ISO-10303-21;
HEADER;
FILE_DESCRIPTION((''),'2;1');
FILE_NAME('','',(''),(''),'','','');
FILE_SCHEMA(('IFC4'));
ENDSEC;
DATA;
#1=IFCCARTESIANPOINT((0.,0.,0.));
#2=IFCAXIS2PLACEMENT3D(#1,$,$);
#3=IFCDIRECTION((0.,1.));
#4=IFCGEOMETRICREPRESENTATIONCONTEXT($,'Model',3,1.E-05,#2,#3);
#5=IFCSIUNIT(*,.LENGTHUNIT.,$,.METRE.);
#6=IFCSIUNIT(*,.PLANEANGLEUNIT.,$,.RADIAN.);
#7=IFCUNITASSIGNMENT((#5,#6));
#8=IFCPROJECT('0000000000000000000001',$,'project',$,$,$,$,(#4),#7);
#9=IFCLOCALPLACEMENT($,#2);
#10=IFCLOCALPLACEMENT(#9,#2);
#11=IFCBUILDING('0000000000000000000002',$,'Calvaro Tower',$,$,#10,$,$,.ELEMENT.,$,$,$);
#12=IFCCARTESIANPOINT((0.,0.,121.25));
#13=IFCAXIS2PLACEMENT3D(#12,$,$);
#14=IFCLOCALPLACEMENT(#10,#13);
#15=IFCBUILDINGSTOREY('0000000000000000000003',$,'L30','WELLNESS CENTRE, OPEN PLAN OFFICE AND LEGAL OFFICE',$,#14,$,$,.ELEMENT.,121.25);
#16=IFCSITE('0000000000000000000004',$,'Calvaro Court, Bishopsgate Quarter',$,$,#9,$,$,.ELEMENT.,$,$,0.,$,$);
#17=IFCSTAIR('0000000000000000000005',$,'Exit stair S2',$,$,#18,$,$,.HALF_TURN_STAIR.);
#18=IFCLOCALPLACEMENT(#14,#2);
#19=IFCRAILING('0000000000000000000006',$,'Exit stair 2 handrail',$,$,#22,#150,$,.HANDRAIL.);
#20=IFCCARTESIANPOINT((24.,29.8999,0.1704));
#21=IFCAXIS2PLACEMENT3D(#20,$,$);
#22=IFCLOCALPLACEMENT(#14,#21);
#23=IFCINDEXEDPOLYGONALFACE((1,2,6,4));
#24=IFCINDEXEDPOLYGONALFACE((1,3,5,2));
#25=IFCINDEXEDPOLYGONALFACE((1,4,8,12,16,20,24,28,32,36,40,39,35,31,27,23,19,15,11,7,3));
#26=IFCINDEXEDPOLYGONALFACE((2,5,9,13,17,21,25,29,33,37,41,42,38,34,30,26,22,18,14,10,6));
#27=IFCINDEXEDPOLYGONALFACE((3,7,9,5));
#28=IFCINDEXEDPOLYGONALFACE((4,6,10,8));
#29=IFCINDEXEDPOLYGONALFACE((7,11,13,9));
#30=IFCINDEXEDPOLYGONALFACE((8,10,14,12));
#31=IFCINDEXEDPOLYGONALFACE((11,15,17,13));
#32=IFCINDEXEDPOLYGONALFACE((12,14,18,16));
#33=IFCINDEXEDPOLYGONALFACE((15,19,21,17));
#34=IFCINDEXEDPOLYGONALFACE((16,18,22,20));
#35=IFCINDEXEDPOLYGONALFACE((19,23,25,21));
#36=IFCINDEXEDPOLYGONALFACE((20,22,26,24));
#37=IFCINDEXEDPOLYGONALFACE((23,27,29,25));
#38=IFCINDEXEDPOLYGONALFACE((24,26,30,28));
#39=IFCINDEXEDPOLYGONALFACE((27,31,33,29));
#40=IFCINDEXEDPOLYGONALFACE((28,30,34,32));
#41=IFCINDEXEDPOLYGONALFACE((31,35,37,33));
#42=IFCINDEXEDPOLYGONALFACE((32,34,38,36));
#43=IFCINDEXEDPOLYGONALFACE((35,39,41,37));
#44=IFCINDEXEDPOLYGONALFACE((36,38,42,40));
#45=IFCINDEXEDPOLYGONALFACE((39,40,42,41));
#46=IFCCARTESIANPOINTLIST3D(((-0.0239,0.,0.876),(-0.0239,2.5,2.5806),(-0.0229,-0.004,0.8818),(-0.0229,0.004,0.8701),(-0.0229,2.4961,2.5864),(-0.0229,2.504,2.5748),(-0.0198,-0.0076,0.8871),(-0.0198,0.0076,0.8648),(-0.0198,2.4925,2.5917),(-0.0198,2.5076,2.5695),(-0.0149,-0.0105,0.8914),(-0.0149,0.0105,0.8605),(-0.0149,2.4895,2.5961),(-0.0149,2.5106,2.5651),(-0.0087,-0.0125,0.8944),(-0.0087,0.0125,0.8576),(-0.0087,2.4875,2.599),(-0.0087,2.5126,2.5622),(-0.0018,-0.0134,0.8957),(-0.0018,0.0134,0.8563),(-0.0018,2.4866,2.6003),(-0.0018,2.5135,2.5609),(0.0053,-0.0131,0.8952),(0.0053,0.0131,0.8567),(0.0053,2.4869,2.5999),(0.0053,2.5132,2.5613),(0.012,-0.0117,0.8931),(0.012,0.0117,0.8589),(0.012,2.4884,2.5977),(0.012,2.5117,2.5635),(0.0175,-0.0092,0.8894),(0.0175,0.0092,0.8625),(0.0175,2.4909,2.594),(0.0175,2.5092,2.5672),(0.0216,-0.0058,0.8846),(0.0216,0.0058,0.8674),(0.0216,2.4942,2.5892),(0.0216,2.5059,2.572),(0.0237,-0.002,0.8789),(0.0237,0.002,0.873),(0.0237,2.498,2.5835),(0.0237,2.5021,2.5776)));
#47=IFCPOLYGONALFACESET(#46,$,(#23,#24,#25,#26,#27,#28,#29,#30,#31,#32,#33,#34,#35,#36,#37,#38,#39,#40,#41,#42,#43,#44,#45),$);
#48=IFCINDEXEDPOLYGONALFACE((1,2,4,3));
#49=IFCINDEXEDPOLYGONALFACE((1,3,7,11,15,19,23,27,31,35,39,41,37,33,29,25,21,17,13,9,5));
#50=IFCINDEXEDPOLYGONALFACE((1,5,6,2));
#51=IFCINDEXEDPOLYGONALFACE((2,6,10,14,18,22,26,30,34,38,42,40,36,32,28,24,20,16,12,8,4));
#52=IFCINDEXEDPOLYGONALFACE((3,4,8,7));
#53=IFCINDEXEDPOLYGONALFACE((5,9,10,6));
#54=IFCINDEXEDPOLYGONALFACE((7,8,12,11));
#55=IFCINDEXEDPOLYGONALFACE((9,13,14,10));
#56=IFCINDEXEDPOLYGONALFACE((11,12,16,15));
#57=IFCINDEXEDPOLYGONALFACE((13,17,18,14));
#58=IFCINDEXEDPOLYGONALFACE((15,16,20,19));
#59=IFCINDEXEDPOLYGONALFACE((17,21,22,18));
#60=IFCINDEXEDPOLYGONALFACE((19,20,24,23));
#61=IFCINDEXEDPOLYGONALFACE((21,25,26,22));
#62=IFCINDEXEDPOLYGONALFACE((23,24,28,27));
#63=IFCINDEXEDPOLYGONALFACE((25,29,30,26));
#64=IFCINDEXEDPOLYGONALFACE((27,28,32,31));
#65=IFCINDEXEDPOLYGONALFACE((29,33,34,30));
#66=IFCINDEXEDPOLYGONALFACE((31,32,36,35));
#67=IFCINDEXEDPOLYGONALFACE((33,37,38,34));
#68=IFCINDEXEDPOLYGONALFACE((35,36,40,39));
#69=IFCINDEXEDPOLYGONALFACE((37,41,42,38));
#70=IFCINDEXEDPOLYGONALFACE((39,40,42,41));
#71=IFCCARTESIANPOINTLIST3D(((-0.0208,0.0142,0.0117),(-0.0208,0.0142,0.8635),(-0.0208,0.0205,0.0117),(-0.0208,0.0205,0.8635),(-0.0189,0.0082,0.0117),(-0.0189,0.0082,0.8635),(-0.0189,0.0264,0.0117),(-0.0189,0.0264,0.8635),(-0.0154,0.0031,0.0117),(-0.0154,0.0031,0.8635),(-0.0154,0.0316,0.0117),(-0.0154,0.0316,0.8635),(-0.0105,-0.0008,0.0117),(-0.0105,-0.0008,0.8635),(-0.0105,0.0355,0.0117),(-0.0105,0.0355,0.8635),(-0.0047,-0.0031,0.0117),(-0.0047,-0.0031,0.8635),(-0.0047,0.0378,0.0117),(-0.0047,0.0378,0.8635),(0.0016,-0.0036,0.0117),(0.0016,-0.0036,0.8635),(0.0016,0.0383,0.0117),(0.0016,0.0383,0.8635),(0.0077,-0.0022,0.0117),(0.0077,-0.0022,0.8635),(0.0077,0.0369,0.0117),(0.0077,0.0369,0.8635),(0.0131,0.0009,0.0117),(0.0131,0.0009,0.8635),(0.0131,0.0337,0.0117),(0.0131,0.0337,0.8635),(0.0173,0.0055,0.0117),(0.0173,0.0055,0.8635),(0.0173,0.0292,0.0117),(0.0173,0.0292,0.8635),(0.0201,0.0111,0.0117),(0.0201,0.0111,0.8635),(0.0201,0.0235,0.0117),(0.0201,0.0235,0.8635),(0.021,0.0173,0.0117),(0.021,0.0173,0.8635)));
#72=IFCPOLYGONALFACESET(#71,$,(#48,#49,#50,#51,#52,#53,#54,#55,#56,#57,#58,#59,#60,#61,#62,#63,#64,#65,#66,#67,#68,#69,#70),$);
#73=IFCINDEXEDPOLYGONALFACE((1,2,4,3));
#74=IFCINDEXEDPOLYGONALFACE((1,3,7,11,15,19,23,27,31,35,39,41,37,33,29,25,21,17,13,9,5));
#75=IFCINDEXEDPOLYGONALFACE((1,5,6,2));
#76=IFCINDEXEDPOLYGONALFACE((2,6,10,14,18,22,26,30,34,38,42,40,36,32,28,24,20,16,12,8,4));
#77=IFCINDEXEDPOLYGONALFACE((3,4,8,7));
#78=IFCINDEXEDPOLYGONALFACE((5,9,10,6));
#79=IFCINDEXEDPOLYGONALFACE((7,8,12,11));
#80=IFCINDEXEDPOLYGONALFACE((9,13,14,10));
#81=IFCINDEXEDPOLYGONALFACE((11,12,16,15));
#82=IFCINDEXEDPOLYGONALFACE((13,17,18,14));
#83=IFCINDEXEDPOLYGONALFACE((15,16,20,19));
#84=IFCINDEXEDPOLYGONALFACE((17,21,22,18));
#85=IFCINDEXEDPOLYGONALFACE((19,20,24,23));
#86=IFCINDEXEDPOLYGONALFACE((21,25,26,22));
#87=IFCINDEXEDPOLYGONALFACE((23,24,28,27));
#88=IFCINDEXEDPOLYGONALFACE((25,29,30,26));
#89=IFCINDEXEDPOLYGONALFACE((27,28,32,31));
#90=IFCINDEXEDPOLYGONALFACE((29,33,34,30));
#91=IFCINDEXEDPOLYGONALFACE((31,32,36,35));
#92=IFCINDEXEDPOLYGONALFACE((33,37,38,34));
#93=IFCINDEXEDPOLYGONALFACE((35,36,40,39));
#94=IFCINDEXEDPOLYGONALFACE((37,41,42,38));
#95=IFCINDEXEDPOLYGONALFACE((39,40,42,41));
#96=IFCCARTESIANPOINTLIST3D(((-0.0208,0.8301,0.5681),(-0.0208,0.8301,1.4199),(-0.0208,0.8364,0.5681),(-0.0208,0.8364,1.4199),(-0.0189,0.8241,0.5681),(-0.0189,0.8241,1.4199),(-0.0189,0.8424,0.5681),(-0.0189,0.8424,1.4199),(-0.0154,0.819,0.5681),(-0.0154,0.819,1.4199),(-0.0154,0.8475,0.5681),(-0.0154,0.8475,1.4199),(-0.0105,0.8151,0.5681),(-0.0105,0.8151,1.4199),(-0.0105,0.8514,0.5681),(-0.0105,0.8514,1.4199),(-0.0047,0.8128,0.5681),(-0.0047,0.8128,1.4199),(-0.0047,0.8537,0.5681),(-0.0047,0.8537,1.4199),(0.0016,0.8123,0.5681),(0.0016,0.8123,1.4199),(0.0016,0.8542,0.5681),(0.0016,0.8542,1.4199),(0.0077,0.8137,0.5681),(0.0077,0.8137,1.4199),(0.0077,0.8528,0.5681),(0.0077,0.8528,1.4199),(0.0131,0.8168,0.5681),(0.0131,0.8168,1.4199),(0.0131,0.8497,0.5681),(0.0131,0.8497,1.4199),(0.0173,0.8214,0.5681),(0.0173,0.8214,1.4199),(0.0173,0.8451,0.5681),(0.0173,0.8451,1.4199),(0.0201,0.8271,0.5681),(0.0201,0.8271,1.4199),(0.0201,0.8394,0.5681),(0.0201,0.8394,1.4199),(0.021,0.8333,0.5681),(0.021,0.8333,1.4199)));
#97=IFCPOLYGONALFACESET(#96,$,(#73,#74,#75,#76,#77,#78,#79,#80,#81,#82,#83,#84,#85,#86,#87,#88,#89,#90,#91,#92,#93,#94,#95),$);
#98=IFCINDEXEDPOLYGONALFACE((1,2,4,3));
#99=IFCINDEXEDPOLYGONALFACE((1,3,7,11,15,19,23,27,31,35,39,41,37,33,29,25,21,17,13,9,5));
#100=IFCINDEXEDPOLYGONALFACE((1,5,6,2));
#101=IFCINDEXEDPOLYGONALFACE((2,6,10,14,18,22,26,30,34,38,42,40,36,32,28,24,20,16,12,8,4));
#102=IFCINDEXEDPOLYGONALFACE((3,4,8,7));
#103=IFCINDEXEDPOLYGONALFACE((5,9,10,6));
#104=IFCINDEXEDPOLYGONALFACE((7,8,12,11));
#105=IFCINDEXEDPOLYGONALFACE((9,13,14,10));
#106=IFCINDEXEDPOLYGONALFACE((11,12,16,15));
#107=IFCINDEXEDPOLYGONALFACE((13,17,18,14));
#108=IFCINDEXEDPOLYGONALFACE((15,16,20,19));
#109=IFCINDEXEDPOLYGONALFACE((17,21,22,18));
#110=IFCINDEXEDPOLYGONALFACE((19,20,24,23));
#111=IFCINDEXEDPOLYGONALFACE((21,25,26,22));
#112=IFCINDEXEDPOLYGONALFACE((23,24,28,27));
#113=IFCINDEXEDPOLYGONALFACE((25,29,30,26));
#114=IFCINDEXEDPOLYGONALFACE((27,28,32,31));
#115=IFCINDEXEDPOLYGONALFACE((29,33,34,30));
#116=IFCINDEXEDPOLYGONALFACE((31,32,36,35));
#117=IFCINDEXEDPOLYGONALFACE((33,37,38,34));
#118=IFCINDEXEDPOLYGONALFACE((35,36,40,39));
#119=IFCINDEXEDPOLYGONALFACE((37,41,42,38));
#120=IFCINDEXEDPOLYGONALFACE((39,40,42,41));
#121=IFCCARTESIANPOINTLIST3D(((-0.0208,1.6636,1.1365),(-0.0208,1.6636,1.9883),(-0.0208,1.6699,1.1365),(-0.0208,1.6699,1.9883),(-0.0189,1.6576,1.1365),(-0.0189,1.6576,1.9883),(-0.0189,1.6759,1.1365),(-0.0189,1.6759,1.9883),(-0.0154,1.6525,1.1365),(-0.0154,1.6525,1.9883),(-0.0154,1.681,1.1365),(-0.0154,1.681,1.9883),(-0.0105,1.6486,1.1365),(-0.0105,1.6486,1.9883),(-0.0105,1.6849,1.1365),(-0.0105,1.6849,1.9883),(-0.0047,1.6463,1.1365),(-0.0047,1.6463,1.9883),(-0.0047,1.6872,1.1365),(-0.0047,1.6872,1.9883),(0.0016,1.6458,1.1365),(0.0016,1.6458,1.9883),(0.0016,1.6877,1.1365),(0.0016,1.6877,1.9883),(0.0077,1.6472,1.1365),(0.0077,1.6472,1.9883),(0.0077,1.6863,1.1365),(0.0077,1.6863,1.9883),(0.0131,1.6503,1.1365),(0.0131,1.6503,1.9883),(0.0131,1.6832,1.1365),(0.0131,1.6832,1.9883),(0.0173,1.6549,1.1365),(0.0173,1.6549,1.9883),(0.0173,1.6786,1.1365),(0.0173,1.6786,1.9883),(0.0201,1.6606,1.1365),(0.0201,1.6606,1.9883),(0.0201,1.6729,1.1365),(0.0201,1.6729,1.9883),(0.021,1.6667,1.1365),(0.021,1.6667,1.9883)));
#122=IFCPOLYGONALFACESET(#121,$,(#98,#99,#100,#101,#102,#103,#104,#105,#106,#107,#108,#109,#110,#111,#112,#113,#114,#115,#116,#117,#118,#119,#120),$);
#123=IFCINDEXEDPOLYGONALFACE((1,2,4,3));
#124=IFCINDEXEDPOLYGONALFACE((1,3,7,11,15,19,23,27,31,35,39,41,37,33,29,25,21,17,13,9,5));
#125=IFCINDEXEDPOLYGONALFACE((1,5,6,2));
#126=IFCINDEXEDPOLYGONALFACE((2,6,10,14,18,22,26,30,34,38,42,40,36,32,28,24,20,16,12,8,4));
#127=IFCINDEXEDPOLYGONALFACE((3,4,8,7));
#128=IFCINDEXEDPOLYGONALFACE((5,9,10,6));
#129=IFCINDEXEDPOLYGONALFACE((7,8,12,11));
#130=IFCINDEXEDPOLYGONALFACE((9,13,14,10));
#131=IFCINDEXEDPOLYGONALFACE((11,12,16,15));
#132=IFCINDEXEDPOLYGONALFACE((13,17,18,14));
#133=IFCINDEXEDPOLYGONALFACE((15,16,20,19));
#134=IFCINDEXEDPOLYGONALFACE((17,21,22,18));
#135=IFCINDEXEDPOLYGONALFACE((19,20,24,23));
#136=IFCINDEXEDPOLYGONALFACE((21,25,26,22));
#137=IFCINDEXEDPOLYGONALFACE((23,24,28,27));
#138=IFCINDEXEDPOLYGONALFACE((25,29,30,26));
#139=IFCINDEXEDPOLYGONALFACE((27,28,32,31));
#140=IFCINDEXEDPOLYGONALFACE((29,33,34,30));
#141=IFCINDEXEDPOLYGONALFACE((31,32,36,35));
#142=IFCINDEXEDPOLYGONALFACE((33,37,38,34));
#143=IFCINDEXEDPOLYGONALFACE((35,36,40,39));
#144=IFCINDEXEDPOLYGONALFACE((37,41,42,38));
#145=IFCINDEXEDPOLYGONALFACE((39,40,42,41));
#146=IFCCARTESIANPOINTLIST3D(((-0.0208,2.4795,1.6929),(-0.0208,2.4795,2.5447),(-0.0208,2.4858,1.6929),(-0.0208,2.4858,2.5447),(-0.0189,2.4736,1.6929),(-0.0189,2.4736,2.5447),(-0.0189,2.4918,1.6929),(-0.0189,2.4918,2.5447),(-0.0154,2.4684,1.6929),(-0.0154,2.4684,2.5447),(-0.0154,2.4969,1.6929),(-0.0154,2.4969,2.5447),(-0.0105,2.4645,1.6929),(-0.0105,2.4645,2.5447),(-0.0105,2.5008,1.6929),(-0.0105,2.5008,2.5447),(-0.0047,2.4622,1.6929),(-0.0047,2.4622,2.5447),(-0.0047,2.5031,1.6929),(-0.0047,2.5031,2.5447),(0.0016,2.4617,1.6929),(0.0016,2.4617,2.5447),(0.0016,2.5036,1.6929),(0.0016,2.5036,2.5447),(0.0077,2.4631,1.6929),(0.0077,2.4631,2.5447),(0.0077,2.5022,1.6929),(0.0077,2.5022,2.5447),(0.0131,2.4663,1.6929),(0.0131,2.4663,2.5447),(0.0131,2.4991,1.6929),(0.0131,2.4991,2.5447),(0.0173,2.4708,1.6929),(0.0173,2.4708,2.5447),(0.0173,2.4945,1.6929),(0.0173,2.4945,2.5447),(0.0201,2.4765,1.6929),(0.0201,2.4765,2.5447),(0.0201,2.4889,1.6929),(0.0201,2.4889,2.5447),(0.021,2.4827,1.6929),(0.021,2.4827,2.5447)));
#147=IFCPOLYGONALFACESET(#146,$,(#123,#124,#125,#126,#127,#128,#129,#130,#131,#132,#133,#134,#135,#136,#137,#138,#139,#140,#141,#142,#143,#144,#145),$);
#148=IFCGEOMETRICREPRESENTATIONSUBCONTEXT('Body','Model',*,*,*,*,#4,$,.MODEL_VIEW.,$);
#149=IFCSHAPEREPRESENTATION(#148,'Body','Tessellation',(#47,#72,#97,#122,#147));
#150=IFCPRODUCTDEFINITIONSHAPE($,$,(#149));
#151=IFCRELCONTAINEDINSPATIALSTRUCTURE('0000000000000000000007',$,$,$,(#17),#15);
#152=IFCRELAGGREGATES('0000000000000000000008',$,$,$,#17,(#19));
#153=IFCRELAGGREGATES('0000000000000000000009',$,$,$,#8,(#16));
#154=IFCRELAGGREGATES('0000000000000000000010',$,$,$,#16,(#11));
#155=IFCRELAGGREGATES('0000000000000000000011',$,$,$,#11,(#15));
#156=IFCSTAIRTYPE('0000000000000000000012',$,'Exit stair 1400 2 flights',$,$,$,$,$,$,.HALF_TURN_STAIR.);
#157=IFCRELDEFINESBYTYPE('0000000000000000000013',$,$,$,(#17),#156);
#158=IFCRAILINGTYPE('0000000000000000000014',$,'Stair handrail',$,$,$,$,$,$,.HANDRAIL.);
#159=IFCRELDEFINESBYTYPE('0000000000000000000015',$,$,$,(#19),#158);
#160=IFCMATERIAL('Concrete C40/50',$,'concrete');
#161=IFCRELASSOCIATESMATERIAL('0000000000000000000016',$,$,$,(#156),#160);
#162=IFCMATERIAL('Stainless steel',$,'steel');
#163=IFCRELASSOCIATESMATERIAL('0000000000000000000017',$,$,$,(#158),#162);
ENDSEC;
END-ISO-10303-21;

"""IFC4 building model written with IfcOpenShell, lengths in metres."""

from ifc_helpers import new_model, si_unit, direction, frame, origin, origin_2d, place, context, subcontext, project, spatial, circle, extrude, material, type_object, element, aggregate, save


model = new_model("IFC4")

# Units and contexts
model_context = context("Model", 3, precision=1e-05, world=origin(), true_north=direction((0.0, 1.0)))
body_context = subcontext(model_context, "Body", "Model", "MODEL_VIEW")
ifc_project = project(units=[si_unit("LENGTHUNIT", "METRE"), si_unit("PLANEANGLEUNIT", "RADIAN")], contexts=[model_context])

# Site, building, storey
site_placement = place(None, origin())
site = spatial("IfcSite", under=ifc_project, at=site_placement, Name="Calvaro Court, Bishopsgate Quarter", CompositionType="ELEMENT", RefElevation=0.0)
building_placement = place(site_placement, origin())
building = spatial("IfcBuilding", under=site, at=building_placement, Name="Calvaro Tower", CompositionType="ELEMENT")
storey_placement = place(building_placement, frame((0.0, 0.0, 121.25)))
storey = spatial("IfcBuildingStorey", under=building, at=storey_placement, Name="L30", Description="WELLNESS CENTRE, OPEN PLAN OFFICE AND LEGAL OFFICE", CompositionType="ELEMENT", Elevation=121.25)

# Stair, railing
ifc_material_1 = material(Name="Concrete C40/50", Category="concrete")
stair_type = type_object("IfcStairType", Name="Exit stair 1400 2 flights", PredefinedType="HALF_TURN_STAIR", material=ifc_material_1)
stair_placement = place(storey_placement, origin())
stair = element("IfcStair", 1, at=stair_placement, inside=storey, type_object=stair_type, Name="Exit stair S2", PredefinedType="HALF_TURN_STAIR")
ifc_material_2 = material(Name="Stainless steel", Category="steel")
railing_type = type_object("IfcRailingType", Name="Stair handrail", PredefinedType="HANDRAIL", material=ifc_material_2)
railing_1_placement = place(storey_placement, frame((24.0, 29.8999, 0.1704)))
railing_1 = element("IfcRailing", 2, at=railing_1_placement, type_object=railing_type, Name="Exit stair 2 handrail", PredefinedType="HANDRAIL", context=body_context, shape_type="SweptSolid", body=[
    extrude(circle(Radius=0.0239, at=origin_2d()), frame((0.0, 0.0, 0.876), z_axis=(0.0, 0.826221, 0.563347), x_axis=(-1.0, 0.0, 0.0)), (0.0, 0.0, 1.0), 3.0259),
    extrude(circle(Radius=0.021, at=origin_2d()), frame((0.0, 0.0173, 0.0117)), (0.0, 0.0, 1.0), 0.8518),
    extrude(circle(Radius=0.021, at=origin_2d()), frame((0.0, 0.8333, 0.5681)), (0.0, 0.0, 1.0), 0.8518),
    extrude(circle(Radius=0.021, at=origin_2d()), frame((0.0, 1.6667, 1.1365)), (0.0, 0.0, 1.0), 0.8518),
    extrude(circle(Radius=0.021, at=origin_2d()), frame((0.0, 2.4827, 1.6929)), (0.0, 0.0, 1.0), 0.8518),
])
aggregate(stair, [railing_1])

save(model, "model.ifc")
